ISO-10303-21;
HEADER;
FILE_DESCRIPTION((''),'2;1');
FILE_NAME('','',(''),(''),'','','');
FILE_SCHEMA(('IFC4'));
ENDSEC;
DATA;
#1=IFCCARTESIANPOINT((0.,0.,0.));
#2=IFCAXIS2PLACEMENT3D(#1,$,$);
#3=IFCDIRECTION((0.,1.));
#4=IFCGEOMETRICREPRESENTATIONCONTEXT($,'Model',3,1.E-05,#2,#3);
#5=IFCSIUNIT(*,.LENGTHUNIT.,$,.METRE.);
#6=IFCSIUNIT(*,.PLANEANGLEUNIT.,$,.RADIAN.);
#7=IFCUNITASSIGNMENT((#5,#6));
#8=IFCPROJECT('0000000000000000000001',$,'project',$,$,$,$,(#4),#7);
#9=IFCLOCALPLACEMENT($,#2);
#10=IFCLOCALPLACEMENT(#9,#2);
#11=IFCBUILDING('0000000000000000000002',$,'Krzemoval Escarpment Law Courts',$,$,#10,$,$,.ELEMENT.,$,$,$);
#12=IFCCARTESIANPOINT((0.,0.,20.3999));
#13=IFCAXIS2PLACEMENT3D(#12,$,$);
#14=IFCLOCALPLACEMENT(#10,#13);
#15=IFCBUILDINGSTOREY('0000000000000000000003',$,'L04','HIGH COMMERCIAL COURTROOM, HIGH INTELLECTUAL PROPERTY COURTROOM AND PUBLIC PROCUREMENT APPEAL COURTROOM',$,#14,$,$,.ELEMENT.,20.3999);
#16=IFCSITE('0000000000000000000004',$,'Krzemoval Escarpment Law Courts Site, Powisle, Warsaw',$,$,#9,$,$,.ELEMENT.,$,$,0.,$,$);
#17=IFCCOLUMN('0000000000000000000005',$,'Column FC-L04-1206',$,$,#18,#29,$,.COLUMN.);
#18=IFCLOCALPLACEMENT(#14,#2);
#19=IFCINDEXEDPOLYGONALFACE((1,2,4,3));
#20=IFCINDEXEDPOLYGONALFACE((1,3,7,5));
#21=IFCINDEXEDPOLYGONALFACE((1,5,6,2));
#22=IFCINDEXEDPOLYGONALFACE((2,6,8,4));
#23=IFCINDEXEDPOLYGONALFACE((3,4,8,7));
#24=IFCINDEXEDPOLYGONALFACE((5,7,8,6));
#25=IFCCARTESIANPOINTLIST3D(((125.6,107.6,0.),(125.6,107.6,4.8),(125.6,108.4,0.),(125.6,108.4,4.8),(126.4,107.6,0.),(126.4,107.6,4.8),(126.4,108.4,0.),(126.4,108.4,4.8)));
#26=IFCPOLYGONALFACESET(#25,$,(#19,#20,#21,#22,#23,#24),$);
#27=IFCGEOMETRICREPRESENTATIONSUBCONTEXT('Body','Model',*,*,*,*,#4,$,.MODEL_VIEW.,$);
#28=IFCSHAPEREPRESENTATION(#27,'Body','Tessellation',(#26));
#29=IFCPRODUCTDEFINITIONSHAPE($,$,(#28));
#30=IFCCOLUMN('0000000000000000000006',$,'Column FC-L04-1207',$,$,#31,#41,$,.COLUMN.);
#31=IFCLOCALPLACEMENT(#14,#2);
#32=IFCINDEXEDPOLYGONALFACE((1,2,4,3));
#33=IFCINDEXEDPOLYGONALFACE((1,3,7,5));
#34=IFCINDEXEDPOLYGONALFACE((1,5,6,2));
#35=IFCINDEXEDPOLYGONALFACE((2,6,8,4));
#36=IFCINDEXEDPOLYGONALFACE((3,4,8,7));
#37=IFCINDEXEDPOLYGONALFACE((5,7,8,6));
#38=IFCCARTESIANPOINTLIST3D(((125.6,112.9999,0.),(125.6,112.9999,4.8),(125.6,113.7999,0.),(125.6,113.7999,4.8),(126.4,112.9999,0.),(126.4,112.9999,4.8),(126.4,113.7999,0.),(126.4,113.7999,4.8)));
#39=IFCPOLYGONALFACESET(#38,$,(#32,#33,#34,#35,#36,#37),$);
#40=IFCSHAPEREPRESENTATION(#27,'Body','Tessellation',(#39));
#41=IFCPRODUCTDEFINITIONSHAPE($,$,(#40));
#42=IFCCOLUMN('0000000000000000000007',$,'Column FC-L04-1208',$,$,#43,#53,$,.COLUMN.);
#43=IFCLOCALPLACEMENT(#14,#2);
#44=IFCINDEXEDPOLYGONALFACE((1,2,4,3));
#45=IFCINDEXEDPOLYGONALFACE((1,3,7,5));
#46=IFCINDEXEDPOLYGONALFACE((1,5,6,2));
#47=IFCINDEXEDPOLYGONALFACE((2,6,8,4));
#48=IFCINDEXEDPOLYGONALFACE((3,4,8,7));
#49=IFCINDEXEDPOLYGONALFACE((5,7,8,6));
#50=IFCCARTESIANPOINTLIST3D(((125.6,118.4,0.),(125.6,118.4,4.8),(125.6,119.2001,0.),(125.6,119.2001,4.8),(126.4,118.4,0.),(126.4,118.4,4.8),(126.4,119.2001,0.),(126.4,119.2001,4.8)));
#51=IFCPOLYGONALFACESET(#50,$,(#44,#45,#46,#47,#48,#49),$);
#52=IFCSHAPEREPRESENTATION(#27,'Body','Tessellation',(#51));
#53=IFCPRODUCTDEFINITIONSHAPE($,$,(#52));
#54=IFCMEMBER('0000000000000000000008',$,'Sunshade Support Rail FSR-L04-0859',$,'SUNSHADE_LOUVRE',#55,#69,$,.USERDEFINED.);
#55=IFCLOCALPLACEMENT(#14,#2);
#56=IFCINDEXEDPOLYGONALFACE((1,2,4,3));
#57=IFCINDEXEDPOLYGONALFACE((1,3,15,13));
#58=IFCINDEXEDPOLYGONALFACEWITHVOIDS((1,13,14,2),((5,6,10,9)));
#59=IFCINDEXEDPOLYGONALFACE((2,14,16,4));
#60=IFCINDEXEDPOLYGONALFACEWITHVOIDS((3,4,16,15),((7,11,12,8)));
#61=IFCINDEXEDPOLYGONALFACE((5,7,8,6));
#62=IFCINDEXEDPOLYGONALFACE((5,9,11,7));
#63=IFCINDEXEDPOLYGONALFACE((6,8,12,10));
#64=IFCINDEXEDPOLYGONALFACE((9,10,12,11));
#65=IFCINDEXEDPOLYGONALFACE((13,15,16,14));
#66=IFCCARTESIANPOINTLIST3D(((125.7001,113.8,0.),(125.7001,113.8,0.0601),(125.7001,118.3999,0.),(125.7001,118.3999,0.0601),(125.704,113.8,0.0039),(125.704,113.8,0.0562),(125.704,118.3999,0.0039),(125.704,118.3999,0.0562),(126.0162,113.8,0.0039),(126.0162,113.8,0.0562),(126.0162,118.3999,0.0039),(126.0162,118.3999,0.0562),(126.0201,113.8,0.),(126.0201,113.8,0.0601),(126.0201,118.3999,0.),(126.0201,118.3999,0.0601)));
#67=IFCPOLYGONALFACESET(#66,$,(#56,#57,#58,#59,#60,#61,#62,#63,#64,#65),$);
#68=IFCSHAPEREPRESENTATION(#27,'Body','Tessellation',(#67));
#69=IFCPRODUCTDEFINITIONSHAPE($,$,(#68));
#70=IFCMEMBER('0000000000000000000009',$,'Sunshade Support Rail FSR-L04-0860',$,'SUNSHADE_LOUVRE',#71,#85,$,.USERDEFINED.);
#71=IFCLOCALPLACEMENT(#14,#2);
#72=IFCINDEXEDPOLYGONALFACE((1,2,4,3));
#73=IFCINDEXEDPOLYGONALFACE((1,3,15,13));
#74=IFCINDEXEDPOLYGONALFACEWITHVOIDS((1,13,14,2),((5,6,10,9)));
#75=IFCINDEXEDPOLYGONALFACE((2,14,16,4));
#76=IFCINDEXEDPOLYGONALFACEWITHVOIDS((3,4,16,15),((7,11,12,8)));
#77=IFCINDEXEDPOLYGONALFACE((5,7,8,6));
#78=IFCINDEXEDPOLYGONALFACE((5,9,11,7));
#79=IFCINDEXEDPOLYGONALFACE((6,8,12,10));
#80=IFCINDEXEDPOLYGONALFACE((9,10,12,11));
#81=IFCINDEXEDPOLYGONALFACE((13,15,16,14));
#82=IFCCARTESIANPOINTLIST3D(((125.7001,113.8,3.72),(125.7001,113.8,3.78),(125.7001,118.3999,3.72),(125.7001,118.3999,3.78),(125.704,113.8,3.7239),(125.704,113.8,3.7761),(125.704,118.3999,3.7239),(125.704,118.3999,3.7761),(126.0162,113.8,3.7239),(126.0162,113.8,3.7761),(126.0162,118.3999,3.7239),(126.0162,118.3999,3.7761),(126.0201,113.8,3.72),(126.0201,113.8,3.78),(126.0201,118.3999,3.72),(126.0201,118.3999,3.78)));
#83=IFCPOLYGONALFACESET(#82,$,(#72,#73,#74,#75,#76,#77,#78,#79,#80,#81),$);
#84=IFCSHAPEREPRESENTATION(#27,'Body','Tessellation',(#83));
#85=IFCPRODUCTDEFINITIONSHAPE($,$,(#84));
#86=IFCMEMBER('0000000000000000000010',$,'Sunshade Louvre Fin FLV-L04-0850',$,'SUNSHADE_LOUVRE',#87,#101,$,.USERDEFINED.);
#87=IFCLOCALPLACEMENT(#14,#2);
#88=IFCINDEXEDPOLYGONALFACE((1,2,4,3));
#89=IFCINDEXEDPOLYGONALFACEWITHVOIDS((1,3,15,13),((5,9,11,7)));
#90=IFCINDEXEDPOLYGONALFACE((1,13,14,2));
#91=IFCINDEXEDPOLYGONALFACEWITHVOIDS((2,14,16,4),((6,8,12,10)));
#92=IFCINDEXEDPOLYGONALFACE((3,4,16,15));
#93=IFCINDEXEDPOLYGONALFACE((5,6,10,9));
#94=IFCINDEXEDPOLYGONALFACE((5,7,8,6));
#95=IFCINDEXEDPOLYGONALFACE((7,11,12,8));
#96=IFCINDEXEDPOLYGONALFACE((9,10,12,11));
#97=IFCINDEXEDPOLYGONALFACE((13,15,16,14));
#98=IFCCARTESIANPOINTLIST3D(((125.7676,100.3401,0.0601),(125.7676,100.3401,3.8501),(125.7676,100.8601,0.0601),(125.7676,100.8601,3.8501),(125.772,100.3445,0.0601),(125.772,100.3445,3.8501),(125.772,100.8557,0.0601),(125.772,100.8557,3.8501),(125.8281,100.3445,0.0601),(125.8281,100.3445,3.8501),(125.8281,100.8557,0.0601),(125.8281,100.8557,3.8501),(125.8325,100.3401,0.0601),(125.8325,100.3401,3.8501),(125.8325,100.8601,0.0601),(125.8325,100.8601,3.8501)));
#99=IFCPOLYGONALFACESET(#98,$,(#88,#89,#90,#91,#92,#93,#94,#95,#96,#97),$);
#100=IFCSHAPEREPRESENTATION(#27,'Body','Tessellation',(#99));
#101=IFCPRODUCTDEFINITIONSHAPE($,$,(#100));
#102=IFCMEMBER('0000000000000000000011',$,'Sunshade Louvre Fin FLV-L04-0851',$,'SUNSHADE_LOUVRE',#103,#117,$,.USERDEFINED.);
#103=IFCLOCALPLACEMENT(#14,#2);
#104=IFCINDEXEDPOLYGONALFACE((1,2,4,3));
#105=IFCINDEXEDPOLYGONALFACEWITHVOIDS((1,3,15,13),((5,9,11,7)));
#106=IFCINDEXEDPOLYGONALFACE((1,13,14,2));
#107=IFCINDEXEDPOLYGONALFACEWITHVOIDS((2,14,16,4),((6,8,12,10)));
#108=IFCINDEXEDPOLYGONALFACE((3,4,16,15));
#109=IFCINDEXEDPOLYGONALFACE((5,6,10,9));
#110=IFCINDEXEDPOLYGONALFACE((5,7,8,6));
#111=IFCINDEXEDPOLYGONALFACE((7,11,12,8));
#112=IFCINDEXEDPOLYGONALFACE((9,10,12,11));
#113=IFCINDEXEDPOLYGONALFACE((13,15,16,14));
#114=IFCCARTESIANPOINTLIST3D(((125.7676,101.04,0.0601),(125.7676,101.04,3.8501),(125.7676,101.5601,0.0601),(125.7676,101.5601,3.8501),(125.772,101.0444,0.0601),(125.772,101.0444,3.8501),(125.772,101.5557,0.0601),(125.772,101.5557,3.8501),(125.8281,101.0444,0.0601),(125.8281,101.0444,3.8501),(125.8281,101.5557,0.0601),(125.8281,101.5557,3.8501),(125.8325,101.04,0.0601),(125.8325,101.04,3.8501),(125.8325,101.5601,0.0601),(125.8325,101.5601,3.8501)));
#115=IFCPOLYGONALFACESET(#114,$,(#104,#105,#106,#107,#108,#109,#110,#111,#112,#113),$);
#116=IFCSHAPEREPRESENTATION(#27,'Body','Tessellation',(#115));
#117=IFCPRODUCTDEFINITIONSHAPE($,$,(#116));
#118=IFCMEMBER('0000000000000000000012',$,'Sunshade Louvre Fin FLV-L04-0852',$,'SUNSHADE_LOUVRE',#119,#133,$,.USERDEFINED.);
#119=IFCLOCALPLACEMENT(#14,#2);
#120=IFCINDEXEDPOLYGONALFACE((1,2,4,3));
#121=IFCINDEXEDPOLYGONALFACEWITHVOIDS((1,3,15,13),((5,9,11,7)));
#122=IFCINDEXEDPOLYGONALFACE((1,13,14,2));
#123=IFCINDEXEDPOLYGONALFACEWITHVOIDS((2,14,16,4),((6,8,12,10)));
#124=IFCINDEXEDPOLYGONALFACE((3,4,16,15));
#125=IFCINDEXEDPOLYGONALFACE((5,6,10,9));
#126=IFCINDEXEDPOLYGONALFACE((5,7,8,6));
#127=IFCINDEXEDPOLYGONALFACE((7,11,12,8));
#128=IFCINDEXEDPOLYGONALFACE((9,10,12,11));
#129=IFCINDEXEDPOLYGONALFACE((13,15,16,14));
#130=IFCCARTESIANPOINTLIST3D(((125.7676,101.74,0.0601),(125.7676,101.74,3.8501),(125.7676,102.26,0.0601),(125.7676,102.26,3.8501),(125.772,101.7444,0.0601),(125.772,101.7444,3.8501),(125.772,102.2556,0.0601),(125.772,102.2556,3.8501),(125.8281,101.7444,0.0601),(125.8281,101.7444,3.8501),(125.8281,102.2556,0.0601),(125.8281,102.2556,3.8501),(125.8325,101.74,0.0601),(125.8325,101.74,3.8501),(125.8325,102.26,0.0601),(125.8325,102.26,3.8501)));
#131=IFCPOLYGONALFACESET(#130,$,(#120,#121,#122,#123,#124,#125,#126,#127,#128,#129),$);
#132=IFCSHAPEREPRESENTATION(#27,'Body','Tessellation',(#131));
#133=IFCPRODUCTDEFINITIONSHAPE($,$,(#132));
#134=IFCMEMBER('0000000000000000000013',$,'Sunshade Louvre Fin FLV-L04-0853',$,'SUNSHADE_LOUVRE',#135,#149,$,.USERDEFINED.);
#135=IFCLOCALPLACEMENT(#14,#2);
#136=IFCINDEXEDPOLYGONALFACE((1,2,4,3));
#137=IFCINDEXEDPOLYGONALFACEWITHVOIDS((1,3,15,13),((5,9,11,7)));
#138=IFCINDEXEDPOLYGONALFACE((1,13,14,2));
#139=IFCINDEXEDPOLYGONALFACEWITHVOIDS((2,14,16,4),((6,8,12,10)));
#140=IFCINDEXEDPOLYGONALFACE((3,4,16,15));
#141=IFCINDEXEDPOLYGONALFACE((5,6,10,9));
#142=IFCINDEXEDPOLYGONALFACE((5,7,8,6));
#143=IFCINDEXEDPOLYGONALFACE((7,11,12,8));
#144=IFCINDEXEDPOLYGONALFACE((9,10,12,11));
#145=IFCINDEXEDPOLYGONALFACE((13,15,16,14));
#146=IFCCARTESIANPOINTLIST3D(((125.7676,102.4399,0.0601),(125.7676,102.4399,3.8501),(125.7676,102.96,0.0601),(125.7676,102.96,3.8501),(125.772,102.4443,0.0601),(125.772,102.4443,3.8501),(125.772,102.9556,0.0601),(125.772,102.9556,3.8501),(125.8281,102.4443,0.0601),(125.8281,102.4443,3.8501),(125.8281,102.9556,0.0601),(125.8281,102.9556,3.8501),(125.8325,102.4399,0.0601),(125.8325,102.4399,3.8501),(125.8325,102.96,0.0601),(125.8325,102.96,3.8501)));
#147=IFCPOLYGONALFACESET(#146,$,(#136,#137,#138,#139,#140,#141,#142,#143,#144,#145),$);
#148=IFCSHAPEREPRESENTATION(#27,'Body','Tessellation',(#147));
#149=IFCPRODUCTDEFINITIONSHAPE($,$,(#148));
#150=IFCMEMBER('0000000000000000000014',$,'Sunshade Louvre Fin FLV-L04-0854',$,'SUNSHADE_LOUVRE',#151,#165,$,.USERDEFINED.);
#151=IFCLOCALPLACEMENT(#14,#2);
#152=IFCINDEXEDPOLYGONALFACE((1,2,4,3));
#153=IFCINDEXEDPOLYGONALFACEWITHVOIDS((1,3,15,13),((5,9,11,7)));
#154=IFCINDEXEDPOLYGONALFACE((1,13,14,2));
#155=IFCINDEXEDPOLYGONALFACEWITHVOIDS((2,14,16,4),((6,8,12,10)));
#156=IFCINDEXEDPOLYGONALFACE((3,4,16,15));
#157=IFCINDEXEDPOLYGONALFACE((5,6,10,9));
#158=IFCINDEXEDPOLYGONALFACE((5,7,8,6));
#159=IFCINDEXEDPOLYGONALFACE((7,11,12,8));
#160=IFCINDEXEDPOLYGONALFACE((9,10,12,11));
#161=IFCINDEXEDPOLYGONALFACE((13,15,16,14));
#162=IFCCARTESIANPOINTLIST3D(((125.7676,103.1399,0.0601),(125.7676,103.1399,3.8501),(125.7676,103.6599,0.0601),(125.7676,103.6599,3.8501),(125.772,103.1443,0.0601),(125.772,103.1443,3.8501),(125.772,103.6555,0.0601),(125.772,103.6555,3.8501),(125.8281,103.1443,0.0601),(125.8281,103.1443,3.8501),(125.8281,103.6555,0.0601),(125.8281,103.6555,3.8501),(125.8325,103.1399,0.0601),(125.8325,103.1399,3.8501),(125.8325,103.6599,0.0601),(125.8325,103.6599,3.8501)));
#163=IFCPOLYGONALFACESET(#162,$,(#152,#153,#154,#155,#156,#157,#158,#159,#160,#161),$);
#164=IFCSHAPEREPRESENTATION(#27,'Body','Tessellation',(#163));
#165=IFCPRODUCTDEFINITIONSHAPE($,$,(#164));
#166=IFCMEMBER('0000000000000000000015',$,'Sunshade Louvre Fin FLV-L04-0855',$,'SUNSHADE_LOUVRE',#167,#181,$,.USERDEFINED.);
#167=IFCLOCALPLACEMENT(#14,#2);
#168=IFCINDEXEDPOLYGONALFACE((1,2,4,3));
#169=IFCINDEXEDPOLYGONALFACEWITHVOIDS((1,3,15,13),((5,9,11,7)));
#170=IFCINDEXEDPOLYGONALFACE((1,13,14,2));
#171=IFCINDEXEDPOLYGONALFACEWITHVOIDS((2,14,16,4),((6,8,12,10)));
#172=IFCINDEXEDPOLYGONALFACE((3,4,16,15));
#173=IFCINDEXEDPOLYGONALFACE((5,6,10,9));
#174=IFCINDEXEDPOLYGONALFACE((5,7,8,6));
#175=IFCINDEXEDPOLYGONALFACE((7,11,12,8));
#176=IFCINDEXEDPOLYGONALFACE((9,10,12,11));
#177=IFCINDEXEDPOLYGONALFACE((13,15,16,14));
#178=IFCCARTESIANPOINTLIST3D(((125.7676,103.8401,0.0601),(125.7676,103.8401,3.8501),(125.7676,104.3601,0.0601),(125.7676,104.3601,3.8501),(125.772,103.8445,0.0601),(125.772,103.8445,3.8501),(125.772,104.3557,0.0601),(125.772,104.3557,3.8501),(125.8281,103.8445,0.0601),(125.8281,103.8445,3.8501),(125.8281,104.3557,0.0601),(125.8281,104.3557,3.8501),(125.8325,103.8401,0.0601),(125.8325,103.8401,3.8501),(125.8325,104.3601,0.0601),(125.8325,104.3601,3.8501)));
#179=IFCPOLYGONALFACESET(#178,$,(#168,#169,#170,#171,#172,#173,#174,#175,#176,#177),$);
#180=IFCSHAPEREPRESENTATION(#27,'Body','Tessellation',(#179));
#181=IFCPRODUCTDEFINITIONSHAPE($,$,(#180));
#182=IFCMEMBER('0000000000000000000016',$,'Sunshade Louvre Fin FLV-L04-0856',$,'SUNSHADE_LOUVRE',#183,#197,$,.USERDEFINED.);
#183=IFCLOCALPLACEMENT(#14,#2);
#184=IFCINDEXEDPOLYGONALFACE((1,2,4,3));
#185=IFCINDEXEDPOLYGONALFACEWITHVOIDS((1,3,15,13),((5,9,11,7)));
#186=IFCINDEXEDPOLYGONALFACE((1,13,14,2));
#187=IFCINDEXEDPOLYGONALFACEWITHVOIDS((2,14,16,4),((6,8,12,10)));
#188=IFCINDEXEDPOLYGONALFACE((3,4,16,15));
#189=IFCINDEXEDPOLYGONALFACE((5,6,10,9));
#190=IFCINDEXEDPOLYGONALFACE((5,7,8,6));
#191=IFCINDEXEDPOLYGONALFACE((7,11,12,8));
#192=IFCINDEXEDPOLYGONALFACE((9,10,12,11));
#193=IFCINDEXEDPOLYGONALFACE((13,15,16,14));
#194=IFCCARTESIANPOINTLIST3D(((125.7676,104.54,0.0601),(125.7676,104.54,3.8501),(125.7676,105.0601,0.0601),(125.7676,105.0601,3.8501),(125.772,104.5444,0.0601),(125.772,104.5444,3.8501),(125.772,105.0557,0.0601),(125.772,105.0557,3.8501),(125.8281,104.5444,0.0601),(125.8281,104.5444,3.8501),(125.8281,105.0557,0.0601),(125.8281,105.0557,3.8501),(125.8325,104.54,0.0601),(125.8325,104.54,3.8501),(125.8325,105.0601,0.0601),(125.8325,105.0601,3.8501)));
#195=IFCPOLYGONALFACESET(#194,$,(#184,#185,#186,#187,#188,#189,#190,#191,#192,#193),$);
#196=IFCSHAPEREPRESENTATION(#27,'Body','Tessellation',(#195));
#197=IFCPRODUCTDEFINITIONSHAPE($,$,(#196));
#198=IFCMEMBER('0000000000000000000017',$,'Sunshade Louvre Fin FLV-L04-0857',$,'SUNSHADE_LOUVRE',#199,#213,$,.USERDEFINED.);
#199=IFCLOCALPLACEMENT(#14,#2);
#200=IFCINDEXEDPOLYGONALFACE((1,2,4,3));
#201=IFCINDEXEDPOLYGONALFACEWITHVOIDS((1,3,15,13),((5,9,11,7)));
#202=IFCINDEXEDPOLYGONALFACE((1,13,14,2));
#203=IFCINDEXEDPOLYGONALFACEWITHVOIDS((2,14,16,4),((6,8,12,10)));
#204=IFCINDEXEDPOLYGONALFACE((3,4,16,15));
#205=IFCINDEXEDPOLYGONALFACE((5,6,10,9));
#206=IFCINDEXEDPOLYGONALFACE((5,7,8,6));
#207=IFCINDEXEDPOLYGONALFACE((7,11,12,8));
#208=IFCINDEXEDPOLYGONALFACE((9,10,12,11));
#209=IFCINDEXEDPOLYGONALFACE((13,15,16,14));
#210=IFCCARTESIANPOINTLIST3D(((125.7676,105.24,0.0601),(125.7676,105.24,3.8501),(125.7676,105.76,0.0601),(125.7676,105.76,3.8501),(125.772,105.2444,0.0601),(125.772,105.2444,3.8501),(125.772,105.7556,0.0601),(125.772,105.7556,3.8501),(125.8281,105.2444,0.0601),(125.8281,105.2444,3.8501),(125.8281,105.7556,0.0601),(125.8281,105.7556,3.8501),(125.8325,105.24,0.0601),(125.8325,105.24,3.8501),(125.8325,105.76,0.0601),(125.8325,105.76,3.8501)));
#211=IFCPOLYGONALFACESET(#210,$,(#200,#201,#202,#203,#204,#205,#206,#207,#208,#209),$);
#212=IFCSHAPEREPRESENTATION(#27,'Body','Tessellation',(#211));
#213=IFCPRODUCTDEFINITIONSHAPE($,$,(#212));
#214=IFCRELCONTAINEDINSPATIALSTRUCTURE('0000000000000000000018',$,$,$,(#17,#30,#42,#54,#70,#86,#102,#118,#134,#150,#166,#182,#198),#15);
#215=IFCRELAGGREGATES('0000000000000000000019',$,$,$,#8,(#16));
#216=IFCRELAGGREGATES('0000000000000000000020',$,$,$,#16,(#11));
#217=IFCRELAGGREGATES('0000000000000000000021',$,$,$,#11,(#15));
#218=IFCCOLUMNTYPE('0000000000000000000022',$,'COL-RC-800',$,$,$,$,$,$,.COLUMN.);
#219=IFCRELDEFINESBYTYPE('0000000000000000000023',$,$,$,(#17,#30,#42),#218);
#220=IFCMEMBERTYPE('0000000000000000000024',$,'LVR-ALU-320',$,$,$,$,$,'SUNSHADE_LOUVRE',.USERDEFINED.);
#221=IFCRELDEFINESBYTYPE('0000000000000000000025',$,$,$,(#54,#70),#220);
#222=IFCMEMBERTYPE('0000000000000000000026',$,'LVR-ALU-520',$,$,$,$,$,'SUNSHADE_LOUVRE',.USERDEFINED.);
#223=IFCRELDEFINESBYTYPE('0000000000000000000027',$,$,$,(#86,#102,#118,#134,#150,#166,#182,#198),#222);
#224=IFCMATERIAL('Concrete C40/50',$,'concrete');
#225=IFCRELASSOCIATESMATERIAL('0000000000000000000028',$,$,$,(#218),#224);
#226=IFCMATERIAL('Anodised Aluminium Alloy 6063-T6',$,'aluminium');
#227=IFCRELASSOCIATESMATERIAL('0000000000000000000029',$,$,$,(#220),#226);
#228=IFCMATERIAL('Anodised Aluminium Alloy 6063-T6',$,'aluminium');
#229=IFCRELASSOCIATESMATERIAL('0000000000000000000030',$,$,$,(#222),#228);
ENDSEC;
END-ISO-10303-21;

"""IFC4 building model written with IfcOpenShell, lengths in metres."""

from ifc_helpers import new_model, si_unit, direction, frame, origin, origin_2d, place, context, subcontext, project, spatial, rectangle, hollow_rectangle, extrude, material, material_profile, profile_set, type_object, element, save


model = new_model("IFC4")

# Units and contexts
model_context = context("Model", 3, precision=1e-05, world=origin(), true_north=direction((0.0, 1.0)))
body_context = subcontext(model_context, "Body", "Model", "MODEL_VIEW")
ifc_project = project(units=[si_unit("LENGTHUNIT", "METRE"), si_unit("PLANEANGLEUNIT", "RADIAN")], contexts=[model_context])

# Site, building, storey
site_placement = place(None, origin())
site = spatial("IfcSite", under=ifc_project, at=site_placement, Name="Krzemoval Escarpment Law Courts Site, Powisle, Warsaw", CompositionType="ELEMENT", RefElevation=0.0)
building_placement = place(site_placement, origin())
building = spatial("IfcBuilding", under=site, at=building_placement, Name="Krzemoval Escarpment Law Courts", CompositionType="ELEMENT")
storey_placement = place(building_placement, frame((0.0, 0.0, 20.3999)))
storey = spatial("IfcBuildingStorey", under=building, at=storey_placement, Name="L04", Description="HIGH COMMERCIAL COURTROOM, HIGH INTELLECTUAL PROPERTY COURTROOM AND PUBLIC PROCUREMENT APPEAL COURTROOM", CompositionType="ELEMENT", Elevation=20.3999)

# Columns
ifc_material_1 = material(Name="Concrete C40/50", Category="concrete")
ifc_material_profile_1 = material_profile(ifc_material_1, rectangle(XDim=0.8, YDim=0.8, at=origin_2d()), Name="RC 800x800")
ifc_profile_set_1 = profile_set([ifc_material_profile_1], Name="Concrete C40/50")
column_type = type_object("IfcColumnType", Name="COL-RC-800", PredefinedType="COLUMN", material=ifc_profile_set_1)
for number, where, z_axis, x_axis, name in (
    (1, (126.0, 108.0, 0.0), (0.0, 0.0, 1.0), (1.0, 0.0, 0.0), "Column FC-L04-1206"),
    (2, (126.0, 113.3999, 0.0), (0.0, 0.0, 1.0), (1.0, 0.0, 0.0), "Column FC-L04-1207"),
    (3, (126.0, 118.8, 0.0), (0.0, 0.0, 1.0), (1.0, 0.0, 0.0), "Column FC-L04-1208"),
):
    element("IfcColumn", number, at=place(storey_placement, frame(where, z_axis=z_axis, x_axis=x_axis)), inside=storey, type_object=column_type, Name=name, PredefinedType="COLUMN", context=body_context, shape_type="SweptSolid", body=[
        extrude(rectangle(XDim=0.8, YDim=0.8, at=origin_2d()), origin(), (0.0, 0.0, 1.0), 4.8),
    ])

# Members
ifc_material_2 = material(Name="Anodised Aluminium Alloy 6063-T6", Category="aluminium")
ifc_material_profile_2 = material_profile(ifc_material_2, hollow_rectangle(XDim=0.0601, YDim=0.3201, WallThickness=0.0039, at=origin_2d()), Name="ALU LVR 60x320")
ifc_profile_set_2 = profile_set([ifc_material_profile_2], Name="Anodised Aluminium Alloy 6063-T6")
member_type_1 = type_object("IfcMemberType", Name="LVR-ALU-320", ElementType="SUNSHADE_LOUVRE", PredefinedType="USERDEFINED", material=ifc_profile_set_2)
for number, where, z_axis, x_axis, name in (
    (4, (125.8601, 113.8, 0.03), (0.0, 1.0, 0.0), (0.0, 0.0, 1.0), "Sunshade Support Rail FSR-L04-0859"),
    (5, (125.8601, 113.8, 3.75), (0.0, 1.0, 0.0), (0.0, 0.0, 1.0), "Sunshade Support Rail FSR-L04-0860"),
):
    element("IfcMember", number, at=place(storey_placement, frame(where, z_axis=z_axis, x_axis=x_axis)), inside=storey, type_object=member_type_1, Name=name, ObjectType="SUNSHADE_LOUVRE", PredefinedType="USERDEFINED", context=body_context, shape_type="SweptSolid", body=[
        extrude(hollow_rectangle(XDim=0.0601, YDim=0.3201, WallThickness=0.0039, at=origin_2d()), origin(), (0.0, 0.0, 1.0), 4.5999),
    ])
ifc_material_3 = material(Name="Anodised Aluminium Alloy 6063-T6", Category="aluminium")
ifc_material_profile_3 = material_profile(ifc_material_3, hollow_rectangle(XDim=0.0649, YDim=0.52, WallThickness=0.0044, at=origin_2d()), Name="ALU LVR 65x520")
ifc_profile_set_3 = profile_set([ifc_material_profile_3], Name="Anodised Aluminium Alloy 6063-T6")
member_type_2 = type_object("IfcMemberType", Name="LVR-ALU-520", ElementType="SUNSHADE_LOUVRE", PredefinedType="USERDEFINED", material=ifc_profile_set_3)
for number, where, z_axis, x_axis, name in (
    (6, (125.8, 100.6001, 0.0601), (0.0, 0.0, 1.0), (1.0, 0.0, 0.0), "Sunshade Louvre Fin FLV-L04-0850"),
    (7, (125.8, 101.3, 0.0601), (0.0, 0.0, 1.0), (1.0, 0.0, 0.0), "Sunshade Louvre Fin FLV-L04-0851"),
    (8, (125.8, 102.0, 0.0601), (0.0, 0.0, 1.0), (1.0, 0.0, 0.0), "Sunshade Louvre Fin FLV-L04-0852"),
    (9, (125.8, 102.7, 0.0601), (0.0, 0.0, 1.0), (1.0, 0.0, 0.0), "Sunshade Louvre Fin FLV-L04-0853"),
    (10, (125.8, 103.3999, 0.0601), (0.0, 0.0, 1.0), (1.0, 0.0, 0.0), "Sunshade Louvre Fin FLV-L04-0854"),
    (11, (125.8, 104.1001, 0.0601), (0.0, 0.0, 1.0), (1.0, 0.0, 0.0), "Sunshade Louvre Fin FLV-L04-0855"),
    (12, (125.8, 104.8, 0.0601), (0.0, 0.0, 1.0), (1.0, 0.0, 0.0), "Sunshade Louvre Fin FLV-L04-0856"),
    (13, (125.8, 105.5, 0.0601), (0.0, 0.0, 1.0), (1.0, 0.0, 0.0), "Sunshade Louvre Fin FLV-L04-0857"),
):
    element("IfcMember", number, at=place(storey_placement, frame(where, z_axis=z_axis, x_axis=x_axis)), inside=storey, type_object=member_type_2, Name=name, ObjectType="SUNSHADE_LOUVRE", PredefinedType="USERDEFINED", context=body_context, shape_type="SweptSolid", body=[
        extrude(hollow_rectangle(XDim=0.0649, YDim=0.52, WallThickness=0.0044, at=origin_2d()), origin(), (0.0, 0.0, 1.0), 3.79),
    ])

save(model, "model.ifc")
